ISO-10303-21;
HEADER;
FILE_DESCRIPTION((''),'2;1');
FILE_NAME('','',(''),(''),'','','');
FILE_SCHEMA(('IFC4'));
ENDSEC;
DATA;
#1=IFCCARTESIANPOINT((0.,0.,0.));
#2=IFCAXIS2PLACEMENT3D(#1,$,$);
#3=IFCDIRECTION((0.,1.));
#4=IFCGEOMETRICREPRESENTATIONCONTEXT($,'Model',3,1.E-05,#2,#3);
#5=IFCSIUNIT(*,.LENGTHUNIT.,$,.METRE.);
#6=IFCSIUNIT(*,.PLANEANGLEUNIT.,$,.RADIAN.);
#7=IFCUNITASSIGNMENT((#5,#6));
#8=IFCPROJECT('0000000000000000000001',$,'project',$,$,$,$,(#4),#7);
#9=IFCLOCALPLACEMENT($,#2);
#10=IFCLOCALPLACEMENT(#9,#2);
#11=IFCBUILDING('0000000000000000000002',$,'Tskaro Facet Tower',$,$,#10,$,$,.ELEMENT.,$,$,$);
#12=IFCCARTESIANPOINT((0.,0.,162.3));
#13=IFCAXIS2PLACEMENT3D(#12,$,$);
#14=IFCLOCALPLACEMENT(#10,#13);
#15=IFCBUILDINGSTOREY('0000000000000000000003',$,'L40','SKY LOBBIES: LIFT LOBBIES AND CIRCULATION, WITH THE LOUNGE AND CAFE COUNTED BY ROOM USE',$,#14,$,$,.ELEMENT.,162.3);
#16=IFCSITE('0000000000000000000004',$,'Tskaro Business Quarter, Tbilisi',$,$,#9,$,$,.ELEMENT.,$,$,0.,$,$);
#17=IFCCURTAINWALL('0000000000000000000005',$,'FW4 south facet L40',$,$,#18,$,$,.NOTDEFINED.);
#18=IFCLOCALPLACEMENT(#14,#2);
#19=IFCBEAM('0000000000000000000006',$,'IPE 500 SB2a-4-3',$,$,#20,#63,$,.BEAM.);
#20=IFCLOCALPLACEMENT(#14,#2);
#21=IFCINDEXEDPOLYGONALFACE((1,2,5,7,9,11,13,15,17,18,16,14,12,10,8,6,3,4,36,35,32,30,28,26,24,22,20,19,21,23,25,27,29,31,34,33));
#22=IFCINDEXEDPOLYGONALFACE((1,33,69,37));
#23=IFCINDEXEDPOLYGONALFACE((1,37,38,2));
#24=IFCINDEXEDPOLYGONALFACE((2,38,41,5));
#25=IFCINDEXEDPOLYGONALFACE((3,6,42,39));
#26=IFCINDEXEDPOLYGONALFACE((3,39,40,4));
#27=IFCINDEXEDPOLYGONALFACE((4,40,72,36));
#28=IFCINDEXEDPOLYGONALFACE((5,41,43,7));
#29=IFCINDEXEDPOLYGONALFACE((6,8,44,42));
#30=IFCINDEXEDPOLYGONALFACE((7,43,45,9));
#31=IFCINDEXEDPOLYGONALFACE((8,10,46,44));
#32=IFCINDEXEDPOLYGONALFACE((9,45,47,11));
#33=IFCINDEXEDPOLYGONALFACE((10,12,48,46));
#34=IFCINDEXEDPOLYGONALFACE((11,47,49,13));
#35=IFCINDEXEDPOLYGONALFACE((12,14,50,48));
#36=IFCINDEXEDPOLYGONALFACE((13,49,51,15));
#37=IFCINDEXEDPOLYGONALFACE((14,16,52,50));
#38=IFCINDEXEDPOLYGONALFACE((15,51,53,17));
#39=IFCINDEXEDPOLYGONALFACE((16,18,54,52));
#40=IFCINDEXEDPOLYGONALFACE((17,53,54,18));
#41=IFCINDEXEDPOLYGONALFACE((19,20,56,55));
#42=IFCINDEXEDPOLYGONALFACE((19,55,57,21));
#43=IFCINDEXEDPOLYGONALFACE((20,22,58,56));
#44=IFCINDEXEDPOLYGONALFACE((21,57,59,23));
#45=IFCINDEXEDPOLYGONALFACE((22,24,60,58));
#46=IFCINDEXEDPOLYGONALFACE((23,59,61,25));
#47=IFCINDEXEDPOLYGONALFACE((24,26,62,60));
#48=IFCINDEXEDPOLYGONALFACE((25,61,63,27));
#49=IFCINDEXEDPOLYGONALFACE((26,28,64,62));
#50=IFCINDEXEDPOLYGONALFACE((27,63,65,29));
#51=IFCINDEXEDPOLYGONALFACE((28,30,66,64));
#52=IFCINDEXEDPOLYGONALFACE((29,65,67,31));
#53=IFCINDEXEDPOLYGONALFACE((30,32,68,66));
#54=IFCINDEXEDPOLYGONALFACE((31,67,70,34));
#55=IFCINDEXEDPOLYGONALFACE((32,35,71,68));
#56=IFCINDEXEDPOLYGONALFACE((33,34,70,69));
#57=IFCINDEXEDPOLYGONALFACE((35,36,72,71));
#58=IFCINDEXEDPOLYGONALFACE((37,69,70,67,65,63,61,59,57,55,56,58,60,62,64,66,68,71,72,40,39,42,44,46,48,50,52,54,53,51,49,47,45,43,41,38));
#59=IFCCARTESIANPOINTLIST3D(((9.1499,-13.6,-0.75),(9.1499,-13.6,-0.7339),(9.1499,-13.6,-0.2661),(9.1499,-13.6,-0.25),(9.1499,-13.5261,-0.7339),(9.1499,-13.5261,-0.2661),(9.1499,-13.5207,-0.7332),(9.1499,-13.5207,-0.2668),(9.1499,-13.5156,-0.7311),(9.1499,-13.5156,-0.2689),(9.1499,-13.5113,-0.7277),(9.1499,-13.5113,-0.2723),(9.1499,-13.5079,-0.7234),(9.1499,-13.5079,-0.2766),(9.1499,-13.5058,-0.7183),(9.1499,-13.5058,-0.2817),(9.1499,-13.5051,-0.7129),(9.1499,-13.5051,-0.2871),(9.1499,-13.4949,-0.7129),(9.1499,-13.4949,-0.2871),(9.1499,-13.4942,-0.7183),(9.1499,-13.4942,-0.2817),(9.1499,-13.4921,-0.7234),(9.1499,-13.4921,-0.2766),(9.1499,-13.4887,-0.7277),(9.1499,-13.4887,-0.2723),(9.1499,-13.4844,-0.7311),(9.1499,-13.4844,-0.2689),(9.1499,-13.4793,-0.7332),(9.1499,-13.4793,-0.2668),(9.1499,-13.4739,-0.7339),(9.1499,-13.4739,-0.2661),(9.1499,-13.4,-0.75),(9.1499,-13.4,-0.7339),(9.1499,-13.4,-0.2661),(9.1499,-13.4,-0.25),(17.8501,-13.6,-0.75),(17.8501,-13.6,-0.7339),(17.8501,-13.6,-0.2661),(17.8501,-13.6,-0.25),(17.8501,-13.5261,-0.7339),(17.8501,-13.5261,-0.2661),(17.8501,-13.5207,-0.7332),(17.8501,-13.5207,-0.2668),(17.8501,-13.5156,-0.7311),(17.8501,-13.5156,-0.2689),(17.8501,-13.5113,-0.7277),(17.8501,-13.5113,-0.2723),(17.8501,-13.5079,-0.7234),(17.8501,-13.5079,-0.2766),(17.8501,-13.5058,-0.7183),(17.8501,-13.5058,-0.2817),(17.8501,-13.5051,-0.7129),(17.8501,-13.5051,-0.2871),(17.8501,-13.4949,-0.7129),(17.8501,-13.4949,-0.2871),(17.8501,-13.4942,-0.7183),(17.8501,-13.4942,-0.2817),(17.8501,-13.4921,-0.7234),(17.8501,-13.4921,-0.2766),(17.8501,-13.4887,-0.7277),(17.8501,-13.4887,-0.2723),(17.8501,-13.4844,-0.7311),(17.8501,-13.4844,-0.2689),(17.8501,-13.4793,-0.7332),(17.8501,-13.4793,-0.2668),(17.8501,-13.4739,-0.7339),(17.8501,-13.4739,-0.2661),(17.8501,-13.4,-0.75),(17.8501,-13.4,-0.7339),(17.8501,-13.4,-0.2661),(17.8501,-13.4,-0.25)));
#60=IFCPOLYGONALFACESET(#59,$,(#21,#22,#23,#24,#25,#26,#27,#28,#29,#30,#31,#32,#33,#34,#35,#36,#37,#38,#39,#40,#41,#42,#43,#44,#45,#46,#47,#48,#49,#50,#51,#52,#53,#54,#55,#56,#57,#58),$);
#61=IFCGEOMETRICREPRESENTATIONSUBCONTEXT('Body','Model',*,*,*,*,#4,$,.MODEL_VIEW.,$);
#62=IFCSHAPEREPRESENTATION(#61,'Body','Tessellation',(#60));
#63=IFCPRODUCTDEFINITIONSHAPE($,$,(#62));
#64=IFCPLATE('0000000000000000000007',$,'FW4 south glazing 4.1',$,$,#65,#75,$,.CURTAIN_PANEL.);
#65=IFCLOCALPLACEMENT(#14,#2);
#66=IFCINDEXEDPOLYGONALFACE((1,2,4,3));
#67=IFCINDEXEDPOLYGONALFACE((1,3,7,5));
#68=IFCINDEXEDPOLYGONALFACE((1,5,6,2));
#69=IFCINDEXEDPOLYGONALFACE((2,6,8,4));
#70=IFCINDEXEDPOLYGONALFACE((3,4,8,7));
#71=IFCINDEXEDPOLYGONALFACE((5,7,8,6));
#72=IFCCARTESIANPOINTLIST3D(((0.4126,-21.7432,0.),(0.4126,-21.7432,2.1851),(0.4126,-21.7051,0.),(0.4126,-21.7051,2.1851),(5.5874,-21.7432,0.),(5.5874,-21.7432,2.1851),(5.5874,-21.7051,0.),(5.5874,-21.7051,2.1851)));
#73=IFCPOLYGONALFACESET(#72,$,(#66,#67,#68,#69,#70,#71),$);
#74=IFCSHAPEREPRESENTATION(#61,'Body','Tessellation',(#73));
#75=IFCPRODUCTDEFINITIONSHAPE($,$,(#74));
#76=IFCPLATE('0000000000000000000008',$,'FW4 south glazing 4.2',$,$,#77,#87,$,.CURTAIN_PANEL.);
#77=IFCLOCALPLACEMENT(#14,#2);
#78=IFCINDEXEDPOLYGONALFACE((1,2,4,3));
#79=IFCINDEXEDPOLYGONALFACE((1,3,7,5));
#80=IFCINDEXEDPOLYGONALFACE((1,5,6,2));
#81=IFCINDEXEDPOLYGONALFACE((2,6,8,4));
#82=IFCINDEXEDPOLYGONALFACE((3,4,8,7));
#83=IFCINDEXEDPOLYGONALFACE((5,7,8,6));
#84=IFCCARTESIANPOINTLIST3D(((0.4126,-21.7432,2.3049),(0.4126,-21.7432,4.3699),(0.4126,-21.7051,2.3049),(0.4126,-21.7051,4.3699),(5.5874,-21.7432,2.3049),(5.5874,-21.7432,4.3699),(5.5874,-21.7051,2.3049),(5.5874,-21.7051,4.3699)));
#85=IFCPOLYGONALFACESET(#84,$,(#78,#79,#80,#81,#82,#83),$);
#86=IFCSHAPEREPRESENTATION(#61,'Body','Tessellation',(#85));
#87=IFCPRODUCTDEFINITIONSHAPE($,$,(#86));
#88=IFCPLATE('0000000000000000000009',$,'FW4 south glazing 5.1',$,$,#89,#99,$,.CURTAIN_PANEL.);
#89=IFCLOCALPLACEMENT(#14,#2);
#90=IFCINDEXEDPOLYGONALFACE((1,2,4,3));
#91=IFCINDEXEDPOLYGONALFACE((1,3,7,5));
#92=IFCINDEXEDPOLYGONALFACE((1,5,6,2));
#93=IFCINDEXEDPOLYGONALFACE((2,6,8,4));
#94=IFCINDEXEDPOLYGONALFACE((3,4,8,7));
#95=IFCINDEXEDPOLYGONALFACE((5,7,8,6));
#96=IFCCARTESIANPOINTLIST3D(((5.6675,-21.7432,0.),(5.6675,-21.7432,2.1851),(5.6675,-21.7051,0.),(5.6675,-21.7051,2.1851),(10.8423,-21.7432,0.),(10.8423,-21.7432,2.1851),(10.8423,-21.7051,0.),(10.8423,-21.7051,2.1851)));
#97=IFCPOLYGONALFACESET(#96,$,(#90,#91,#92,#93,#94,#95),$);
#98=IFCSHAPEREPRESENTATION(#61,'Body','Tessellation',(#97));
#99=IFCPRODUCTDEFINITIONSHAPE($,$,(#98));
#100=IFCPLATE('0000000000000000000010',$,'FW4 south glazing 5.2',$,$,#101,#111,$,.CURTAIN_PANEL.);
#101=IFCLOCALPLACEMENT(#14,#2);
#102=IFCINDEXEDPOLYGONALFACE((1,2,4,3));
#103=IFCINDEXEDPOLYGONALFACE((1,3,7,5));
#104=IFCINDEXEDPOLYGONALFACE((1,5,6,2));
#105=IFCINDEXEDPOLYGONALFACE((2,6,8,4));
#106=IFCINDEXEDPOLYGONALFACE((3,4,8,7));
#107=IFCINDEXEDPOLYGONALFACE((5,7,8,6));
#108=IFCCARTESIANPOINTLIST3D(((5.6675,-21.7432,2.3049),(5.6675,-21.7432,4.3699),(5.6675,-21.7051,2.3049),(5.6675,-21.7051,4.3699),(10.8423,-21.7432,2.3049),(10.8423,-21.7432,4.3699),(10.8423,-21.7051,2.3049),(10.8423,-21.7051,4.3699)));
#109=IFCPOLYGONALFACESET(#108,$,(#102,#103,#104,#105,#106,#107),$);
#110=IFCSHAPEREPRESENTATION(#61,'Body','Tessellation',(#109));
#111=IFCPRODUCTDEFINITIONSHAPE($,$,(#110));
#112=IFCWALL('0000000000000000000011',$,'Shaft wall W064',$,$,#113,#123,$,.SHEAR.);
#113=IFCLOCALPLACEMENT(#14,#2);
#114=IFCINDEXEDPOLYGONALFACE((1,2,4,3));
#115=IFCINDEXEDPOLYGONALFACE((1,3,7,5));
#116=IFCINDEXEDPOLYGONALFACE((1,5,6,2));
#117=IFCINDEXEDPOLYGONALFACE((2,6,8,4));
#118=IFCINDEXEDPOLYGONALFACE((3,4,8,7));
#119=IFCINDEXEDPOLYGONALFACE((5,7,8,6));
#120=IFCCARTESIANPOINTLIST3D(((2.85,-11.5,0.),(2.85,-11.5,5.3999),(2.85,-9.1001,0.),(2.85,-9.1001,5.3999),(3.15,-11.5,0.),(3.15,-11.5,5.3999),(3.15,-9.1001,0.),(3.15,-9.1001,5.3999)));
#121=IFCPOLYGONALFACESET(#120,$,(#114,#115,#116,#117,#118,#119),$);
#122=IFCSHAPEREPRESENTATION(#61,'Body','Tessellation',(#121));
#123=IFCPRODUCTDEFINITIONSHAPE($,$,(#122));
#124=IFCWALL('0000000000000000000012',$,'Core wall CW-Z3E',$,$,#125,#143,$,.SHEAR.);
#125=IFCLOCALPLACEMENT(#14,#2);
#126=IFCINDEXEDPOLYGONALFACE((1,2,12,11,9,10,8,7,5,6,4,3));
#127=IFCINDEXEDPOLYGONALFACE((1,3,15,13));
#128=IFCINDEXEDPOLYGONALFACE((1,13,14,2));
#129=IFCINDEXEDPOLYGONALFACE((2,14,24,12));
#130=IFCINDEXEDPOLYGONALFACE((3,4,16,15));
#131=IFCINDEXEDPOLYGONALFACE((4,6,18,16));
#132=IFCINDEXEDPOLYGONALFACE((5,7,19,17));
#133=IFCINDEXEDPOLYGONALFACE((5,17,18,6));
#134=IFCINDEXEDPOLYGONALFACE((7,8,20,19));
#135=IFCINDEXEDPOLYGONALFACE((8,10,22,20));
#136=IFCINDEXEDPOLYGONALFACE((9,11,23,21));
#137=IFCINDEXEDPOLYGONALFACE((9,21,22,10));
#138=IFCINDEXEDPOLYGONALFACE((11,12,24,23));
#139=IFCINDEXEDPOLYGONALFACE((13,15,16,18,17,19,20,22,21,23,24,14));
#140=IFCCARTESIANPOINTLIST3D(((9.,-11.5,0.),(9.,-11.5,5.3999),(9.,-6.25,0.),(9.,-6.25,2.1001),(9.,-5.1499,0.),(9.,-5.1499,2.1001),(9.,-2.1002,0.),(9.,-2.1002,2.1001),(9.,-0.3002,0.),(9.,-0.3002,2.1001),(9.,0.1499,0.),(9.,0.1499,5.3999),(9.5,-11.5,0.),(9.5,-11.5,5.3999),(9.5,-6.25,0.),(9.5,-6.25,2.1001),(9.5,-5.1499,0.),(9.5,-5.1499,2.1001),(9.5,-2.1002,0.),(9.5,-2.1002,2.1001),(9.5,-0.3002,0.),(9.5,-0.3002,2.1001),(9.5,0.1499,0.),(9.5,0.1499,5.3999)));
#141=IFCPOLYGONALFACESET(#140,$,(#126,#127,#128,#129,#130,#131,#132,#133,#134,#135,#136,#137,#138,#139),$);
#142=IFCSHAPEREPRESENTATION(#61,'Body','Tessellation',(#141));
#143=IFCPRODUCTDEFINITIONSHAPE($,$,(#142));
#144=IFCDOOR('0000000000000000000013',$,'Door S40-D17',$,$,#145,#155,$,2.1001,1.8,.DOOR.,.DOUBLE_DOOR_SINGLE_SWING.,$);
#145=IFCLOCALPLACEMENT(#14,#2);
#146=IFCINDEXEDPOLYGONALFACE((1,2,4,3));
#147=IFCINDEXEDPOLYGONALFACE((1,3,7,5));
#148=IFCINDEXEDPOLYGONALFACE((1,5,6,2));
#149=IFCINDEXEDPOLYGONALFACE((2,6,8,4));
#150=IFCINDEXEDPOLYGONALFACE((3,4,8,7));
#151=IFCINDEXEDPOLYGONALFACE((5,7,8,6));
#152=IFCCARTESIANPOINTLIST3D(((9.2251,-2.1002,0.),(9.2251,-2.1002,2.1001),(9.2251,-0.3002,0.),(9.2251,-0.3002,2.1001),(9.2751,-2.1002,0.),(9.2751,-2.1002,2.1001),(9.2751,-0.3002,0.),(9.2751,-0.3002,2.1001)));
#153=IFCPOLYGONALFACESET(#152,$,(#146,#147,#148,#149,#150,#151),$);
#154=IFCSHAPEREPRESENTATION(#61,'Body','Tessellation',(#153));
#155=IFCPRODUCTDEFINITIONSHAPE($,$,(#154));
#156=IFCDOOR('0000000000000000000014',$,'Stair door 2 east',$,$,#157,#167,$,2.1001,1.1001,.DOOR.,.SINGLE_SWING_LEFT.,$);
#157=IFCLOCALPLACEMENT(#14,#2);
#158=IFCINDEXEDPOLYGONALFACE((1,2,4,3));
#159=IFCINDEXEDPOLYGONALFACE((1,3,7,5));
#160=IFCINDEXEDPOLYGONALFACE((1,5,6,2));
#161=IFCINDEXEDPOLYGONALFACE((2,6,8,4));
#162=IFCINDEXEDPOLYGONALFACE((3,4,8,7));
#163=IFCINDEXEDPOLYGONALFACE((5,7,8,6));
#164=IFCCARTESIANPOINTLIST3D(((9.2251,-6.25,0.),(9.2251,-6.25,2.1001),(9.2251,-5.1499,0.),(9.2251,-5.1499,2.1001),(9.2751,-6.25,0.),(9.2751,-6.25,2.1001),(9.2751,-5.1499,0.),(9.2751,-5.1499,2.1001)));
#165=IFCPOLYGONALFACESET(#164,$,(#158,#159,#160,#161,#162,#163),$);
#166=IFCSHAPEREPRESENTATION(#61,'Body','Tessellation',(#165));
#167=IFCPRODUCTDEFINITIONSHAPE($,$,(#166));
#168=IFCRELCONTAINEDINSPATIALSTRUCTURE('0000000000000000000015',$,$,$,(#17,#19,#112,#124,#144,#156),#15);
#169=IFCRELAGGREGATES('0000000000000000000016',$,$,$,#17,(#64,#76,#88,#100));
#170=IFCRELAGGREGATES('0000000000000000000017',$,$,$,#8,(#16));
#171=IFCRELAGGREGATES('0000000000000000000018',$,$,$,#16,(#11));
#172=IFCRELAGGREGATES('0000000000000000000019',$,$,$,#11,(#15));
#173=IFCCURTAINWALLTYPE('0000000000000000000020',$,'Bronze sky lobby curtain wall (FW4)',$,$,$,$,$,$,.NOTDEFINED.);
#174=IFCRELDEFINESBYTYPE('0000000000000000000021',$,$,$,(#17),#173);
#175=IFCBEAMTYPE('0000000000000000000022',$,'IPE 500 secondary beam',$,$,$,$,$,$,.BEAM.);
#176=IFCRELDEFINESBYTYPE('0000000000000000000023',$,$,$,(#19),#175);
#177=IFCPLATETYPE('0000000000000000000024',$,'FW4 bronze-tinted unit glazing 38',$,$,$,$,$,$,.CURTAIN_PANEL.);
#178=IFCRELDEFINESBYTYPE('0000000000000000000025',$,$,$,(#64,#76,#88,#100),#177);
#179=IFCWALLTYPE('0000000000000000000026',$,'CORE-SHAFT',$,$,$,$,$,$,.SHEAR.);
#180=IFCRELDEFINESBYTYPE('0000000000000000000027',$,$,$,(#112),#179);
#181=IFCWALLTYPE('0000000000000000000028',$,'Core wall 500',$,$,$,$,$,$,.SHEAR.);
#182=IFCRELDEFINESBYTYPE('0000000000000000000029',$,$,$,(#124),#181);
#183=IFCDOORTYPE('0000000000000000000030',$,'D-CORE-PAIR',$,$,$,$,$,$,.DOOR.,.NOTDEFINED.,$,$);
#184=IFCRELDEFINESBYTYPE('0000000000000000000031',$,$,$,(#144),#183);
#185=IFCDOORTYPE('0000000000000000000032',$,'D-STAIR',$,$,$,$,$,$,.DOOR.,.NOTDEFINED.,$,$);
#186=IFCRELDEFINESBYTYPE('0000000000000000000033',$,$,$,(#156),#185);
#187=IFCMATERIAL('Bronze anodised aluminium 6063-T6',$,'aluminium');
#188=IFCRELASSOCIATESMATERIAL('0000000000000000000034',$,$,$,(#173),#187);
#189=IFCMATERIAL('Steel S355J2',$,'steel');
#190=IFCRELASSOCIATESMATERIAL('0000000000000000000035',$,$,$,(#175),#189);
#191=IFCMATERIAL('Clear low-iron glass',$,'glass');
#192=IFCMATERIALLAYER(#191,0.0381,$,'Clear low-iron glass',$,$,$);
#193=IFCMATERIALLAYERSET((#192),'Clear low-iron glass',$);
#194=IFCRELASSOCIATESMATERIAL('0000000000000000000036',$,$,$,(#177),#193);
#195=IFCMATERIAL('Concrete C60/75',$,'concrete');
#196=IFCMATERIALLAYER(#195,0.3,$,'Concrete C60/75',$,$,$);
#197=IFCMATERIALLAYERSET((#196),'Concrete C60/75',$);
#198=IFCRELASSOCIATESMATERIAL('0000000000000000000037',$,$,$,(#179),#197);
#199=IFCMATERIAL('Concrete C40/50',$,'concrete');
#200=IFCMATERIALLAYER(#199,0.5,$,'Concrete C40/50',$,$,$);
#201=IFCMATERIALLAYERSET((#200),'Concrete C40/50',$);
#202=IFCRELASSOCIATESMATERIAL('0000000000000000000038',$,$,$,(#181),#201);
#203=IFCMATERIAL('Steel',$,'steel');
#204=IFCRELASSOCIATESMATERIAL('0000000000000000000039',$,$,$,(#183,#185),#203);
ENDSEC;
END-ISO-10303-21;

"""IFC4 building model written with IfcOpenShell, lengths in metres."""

from ifc_helpers import new_model, si_unit, direction, frame, frame_2d, origin, origin_2d, place, context, subcontext, project, spatial, rectangle, i_section, extrude, material, layer, layer_set, material_profile, profile_set, type_object, element, fill, aggregate, save


model = new_model("IFC4")

# Units and contexts
model_context = context("Model", 3, precision=1e-05, world=origin(), true_north=direction((0.0, 1.0)))
body_context = subcontext(model_context, "Body", "Model", "MODEL_VIEW")
ifc_project = project(units=[si_unit("LENGTHUNIT", "METRE"), si_unit("PLANEANGLEUNIT", "RADIAN")], contexts=[model_context])

# Site, building, storey
site_placement = place(None, origin())
site = spatial("IfcSite", under=ifc_project, at=site_placement, Name="Tskaro Business Quarter, Tbilisi", CompositionType="ELEMENT", RefElevation=0.0)
building_placement = place(site_placement, origin())
building = spatial("IfcBuilding", under=site, at=building_placement, Name="Tskaro Facet Tower", CompositionType="ELEMENT")
storey_placement = place(building_placement, frame((0.0, 0.0, 162.3)))
storey = spatial("IfcBuildingStorey", under=building, at=storey_placement, Name="L40", Description="SKY LOBBIES: LIFT LOBBIES AND CIRCULATION, WITH THE LOUNGE AND CAFE COUNTED BY ROOM USE", CompositionType="ELEMENT", Elevation=162.3)

# Curtain wall
ifc_material_1 = material(Name="Bronze anodised aluminium 6063-T6", Category="aluminium")
curtain_wall_type = type_object("IfcCurtainWallType", Name="Bronze sky lobby curtain wall (FW4)", PredefinedType="NOTDEFINED", material=ifc_material_1)
curtain_wall_placement = place(storey_placement, origin())
curtain_wall = element("IfcCurtainWall", 1, at=curtain_wall_placement, inside=storey, type_object=curtain_wall_type, Name="FW4 south facet L40", PredefinedType="NOTDEFINED")

# Beam
ifc_material_2 = material(Name="Steel S355J2", Category="steel")
ifc_material_profile_1 = material_profile(ifc_material_2, i_section(OverallWidth=0.2, OverallDepth=0.5, WebThickness=0.0103, FlangeThickness=0.0161, FilletRadius=0.021, at=origin_2d()), Name="IPE 500")
ifc_profile_set_1 = profile_set([ifc_material_profile_1], Name="Steel S355J2")
beam_type_1 = type_object("IfcBeamType", Name="IPE 500 secondary beam", PredefinedType="BEAM", material=ifc_profile_set_1)
for number, where, z_axis, x_axis, name in (
    (2, (9.1499, -13.5, -0.5), (1.0, 0.0, 0.0), (0.0, 1.0, 0.0), "IPE 500 SB2a-4-3"),
):
    element("IfcBeam", number, at=place(storey_placement, frame(where, z_axis=z_axis, x_axis=x_axis)), inside=storey, type_object=beam_type_1, Name=name, PredefinedType="BEAM", context=body_context, shape_type="SweptSolid", body=[
        extrude(i_section(OverallWidth=0.2, OverallDepth=0.5, WebThickness=0.0103, FlangeThickness=0.0161, FilletRadius=0.021, at=origin_2d()), origin(), (0.0, 0.0, 1.0), 8.7002),
    ])

# Plates
ifc_material_3 = material(Name="Clear low-iron glass", Category="glass")
ifc_layer_1 = layer(ifc_material_3, 0.0381, Name="Clear low-iron glass")
ifc_layer_set_1 = layer_set([ifc_layer_1], Name="Clear low-iron glass")
plate_type = type_object("IfcPlateType", Name="FW4 bronze-tinted unit glazing 38", PredefinedType="CURTAIN_PANEL", material=ifc_layer_set_1)
plate_1_placement = place(storey_placement, frame((3.0, -21.7241, 0.0), z_axis=(0.0, 0.0, 1.0), x_axis=(1.0, 0.0, 0.0)))
plate_1 = element("IfcPlate", 3, at=plate_1_placement, type_object=plate_type, Name="FW4 south glazing 4.1", PredefinedType="CURTAIN_PANEL", context=body_context, shape_type="SweptSolid", body=[
    extrude(rectangle(XDim=5.1748, YDim=0.0381, at=origin_2d()), origin(), (0.0, 0.0, 1.0), 2.1851),
])
plate_2_placement = place(storey_placement, frame((3.0, -21.7241, 2.3049), z_axis=(0.0, 0.0, 1.0), x_axis=(1.0, 0.0, 0.0)))
plate_2 = element("IfcPlate", 4, at=plate_2_placement, type_object=plate_type, Name="FW4 south glazing 4.2", PredefinedType="CURTAIN_PANEL", context=body_context, shape_type="SweptSolid", body=[
    extrude(rectangle(XDim=5.1748, YDim=0.0381, at=origin_2d()), origin(), (0.0, 0.0, 1.0), 2.0649),
])
plate_3_placement = place(storey_placement, frame((8.2549, -21.7241, 0.0), z_axis=(0.0, 0.0, 1.0), x_axis=(1.0, 0.0, 0.0)))
plate_3 = element("IfcPlate", 5, at=plate_3_placement, type_object=plate_type, Name="FW4 south glazing 5.1", PredefinedType="CURTAIN_PANEL", context=body_context, shape_type="SweptSolid", body=[
    extrude(rectangle(XDim=5.1748, YDim=0.0381, at=origin_2d()), origin(), (0.0, 0.0, 1.0), 2.1851),
])
plate_4_placement = place(storey_placement, frame((8.2549, -21.7241, 2.3049), z_axis=(0.0, 0.0, 1.0), x_axis=(1.0, 0.0, 0.0)))
plate_4 = element("IfcPlate", 6, at=plate_4_placement, type_object=plate_type, Name="FW4 south glazing 5.2", PredefinedType="CURTAIN_PANEL", context=body_context, shape_type="SweptSolid", body=[
    extrude(rectangle(XDim=5.1748, YDim=0.0381, at=origin_2d()), origin(), (0.0, 0.0, 1.0), 2.0649),
])
aggregate(curtain_wall, [plate_1, plate_2, plate_3, plate_4])

# Wall
ifc_material_4 = material(Name="Concrete C60/75", Category="concrete")
ifc_layer_2 = layer(ifc_material_4, 0.3, Name="Concrete C60/75")
ifc_layer_set_2 = layer_set([ifc_layer_2], Name="Concrete C60/75")
wall_type_1 = type_object("IfcWallType", Name="CORE-SHAFT", PredefinedType="SHEAR", material=ifc_layer_set_2)
wall_1_placement = place(storey_placement, frame((3.0, -11.5, 0.0), z_axis=(0.0, 0.0, 1.0), x_axis=(0.0, 1.0, 0.0)))
element("IfcWall", 7, at=wall_1_placement, inside=storey, type_object=wall_type_1, Name="Shaft wall W064", PredefinedType="SHEAR", context=body_context, shape_type="SweptSolid", body=[
    extrude(rectangle(XDim=2.3999, YDim=0.3, at=frame_2d((1.2, 0.0))), origin(), (0.0, 0.0, 1.0), 5.3999),
])

# Wall, openings, doors
ifc_material_5 = material(Name="Concrete C40/50", Category="concrete")
ifc_layer_3 = layer(ifc_material_5, 0.5, Name="Concrete C40/50")
ifc_layer_set_3 = layer_set([ifc_layer_3], Name="Concrete C40/50")
wall_type_2 = type_object("IfcWallType", Name="Core wall 500", PredefinedType="SHEAR", material=ifc_layer_set_3)
wall_2_placement = place(storey_placement, frame((9.25, -11.5, 0.0), z_axis=(0.0, 0.0, 1.0), x_axis=(0.0, 1.0, 0.0)))
wall_2 = element("IfcWall", 8, at=wall_2_placement, inside=storey, type_object=wall_type_2, Name="Core wall CW-Z3E", PredefinedType="SHEAR", context=body_context, shape_type="SweptSolid", body=[
    extrude(rectangle(XDim=11.6499, YDim=0.5, at=frame_2d((5.825, 0.0))), origin(), (0.0, 0.0, 1.0), 5.3999),
])
opening_1_placement = place(wall_2_placement, frame((9.3999, 0.0, 0.0)))
opening_1 = element("IfcOpeningElement", 9, at=opening_1_placement, cuts=wall_2, PredefinedType="OPENING", context=body_context, shape_type="SweptSolid", body=[
    extrude(rectangle(XDim=1.8, YDim=2.1001, at=frame_2d((0.8999, 1.05))), frame((0.0, 0.26, 0.0), z_axis=(0.0, -1.0, 0.0), x_axis=(1.0, 0.0, 0.0)), (0.0, 0.0, 1.0), 0.52),
])
opening_2_placement = place(wall_2_placement, frame((5.25, 0.0, 0.0)))
opening_2 = element("IfcOpeningElement", 10, at=opening_2_placement, cuts=wall_2, PredefinedType="OPENING", context=body_context, shape_type="SweptSolid", body=[
    extrude(rectangle(XDim=1.1001, YDim=2.1001, at=frame_2d((0.55, 1.05))), frame((0.0, 0.26, 0.0), z_axis=(0.0, -1.0, 0.0), x_axis=(1.0, 0.0, 0.0)), (0.0, 0.0, 1.0), 0.52),
])
ifc_material_6 = material(Name="Steel", Category="steel")
door_type_1 = type_object("IfcDoorType", Name="D-CORE-PAIR", OperationType="NOTDEFINED", PredefinedType="DOOR", material=ifc_material_6)
door_1_placement = place(opening_1_placement, origin())
door_1 = element("IfcDoor", 11, at=door_1_placement, inside=storey, type_object=door_type_1, Name="Door S40-D17", OperationType="DOUBLE_DOOR_SINGLE_SWING", OverallHeight=2.1001, OverallWidth=1.8, PredefinedType="DOOR", context=body_context, shape_type="SweptSolid", body=[
    extrude(rectangle(XDim=1.8, YDim=2.1001, at=frame_2d((0.8999, 1.05))), frame((0.0, 0.0249, 0.0), z_axis=(0.0, -1.0, 0.0), x_axis=(1.0, 0.0, 0.0)), (0.0, 0.0, 1.0), 0.05),
])
fill(opening_1, door_1)
door_type_2 = type_object("IfcDoorType", Name="D-STAIR", OperationType="NOTDEFINED", PredefinedType="DOOR", material=ifc_material_6)
door_2_placement = place(opening_2_placement, origin())
door_2 = element("IfcDoor", 12, at=door_2_placement, inside=storey, type_object=door_type_2, Name="Stair door 2 east", OperationType="SINGLE_SWING_LEFT", OverallHeight=2.1001, OverallWidth=1.1001, PredefinedType="DOOR", context=body_context, shape_type="SweptSolid", body=[
    extrude(rectangle(XDim=1.1001, YDim=2.1001, at=frame_2d((0.55, 1.05))), frame((0.0, 0.0249, 0.0), z_axis=(0.0, -1.0, 0.0), x_axis=(1.0, 0.0, 0.0)), (0.0, 0.0, 1.0), 0.05),
])
fill(opening_2, door_2)

save(model, "model.ifc")
